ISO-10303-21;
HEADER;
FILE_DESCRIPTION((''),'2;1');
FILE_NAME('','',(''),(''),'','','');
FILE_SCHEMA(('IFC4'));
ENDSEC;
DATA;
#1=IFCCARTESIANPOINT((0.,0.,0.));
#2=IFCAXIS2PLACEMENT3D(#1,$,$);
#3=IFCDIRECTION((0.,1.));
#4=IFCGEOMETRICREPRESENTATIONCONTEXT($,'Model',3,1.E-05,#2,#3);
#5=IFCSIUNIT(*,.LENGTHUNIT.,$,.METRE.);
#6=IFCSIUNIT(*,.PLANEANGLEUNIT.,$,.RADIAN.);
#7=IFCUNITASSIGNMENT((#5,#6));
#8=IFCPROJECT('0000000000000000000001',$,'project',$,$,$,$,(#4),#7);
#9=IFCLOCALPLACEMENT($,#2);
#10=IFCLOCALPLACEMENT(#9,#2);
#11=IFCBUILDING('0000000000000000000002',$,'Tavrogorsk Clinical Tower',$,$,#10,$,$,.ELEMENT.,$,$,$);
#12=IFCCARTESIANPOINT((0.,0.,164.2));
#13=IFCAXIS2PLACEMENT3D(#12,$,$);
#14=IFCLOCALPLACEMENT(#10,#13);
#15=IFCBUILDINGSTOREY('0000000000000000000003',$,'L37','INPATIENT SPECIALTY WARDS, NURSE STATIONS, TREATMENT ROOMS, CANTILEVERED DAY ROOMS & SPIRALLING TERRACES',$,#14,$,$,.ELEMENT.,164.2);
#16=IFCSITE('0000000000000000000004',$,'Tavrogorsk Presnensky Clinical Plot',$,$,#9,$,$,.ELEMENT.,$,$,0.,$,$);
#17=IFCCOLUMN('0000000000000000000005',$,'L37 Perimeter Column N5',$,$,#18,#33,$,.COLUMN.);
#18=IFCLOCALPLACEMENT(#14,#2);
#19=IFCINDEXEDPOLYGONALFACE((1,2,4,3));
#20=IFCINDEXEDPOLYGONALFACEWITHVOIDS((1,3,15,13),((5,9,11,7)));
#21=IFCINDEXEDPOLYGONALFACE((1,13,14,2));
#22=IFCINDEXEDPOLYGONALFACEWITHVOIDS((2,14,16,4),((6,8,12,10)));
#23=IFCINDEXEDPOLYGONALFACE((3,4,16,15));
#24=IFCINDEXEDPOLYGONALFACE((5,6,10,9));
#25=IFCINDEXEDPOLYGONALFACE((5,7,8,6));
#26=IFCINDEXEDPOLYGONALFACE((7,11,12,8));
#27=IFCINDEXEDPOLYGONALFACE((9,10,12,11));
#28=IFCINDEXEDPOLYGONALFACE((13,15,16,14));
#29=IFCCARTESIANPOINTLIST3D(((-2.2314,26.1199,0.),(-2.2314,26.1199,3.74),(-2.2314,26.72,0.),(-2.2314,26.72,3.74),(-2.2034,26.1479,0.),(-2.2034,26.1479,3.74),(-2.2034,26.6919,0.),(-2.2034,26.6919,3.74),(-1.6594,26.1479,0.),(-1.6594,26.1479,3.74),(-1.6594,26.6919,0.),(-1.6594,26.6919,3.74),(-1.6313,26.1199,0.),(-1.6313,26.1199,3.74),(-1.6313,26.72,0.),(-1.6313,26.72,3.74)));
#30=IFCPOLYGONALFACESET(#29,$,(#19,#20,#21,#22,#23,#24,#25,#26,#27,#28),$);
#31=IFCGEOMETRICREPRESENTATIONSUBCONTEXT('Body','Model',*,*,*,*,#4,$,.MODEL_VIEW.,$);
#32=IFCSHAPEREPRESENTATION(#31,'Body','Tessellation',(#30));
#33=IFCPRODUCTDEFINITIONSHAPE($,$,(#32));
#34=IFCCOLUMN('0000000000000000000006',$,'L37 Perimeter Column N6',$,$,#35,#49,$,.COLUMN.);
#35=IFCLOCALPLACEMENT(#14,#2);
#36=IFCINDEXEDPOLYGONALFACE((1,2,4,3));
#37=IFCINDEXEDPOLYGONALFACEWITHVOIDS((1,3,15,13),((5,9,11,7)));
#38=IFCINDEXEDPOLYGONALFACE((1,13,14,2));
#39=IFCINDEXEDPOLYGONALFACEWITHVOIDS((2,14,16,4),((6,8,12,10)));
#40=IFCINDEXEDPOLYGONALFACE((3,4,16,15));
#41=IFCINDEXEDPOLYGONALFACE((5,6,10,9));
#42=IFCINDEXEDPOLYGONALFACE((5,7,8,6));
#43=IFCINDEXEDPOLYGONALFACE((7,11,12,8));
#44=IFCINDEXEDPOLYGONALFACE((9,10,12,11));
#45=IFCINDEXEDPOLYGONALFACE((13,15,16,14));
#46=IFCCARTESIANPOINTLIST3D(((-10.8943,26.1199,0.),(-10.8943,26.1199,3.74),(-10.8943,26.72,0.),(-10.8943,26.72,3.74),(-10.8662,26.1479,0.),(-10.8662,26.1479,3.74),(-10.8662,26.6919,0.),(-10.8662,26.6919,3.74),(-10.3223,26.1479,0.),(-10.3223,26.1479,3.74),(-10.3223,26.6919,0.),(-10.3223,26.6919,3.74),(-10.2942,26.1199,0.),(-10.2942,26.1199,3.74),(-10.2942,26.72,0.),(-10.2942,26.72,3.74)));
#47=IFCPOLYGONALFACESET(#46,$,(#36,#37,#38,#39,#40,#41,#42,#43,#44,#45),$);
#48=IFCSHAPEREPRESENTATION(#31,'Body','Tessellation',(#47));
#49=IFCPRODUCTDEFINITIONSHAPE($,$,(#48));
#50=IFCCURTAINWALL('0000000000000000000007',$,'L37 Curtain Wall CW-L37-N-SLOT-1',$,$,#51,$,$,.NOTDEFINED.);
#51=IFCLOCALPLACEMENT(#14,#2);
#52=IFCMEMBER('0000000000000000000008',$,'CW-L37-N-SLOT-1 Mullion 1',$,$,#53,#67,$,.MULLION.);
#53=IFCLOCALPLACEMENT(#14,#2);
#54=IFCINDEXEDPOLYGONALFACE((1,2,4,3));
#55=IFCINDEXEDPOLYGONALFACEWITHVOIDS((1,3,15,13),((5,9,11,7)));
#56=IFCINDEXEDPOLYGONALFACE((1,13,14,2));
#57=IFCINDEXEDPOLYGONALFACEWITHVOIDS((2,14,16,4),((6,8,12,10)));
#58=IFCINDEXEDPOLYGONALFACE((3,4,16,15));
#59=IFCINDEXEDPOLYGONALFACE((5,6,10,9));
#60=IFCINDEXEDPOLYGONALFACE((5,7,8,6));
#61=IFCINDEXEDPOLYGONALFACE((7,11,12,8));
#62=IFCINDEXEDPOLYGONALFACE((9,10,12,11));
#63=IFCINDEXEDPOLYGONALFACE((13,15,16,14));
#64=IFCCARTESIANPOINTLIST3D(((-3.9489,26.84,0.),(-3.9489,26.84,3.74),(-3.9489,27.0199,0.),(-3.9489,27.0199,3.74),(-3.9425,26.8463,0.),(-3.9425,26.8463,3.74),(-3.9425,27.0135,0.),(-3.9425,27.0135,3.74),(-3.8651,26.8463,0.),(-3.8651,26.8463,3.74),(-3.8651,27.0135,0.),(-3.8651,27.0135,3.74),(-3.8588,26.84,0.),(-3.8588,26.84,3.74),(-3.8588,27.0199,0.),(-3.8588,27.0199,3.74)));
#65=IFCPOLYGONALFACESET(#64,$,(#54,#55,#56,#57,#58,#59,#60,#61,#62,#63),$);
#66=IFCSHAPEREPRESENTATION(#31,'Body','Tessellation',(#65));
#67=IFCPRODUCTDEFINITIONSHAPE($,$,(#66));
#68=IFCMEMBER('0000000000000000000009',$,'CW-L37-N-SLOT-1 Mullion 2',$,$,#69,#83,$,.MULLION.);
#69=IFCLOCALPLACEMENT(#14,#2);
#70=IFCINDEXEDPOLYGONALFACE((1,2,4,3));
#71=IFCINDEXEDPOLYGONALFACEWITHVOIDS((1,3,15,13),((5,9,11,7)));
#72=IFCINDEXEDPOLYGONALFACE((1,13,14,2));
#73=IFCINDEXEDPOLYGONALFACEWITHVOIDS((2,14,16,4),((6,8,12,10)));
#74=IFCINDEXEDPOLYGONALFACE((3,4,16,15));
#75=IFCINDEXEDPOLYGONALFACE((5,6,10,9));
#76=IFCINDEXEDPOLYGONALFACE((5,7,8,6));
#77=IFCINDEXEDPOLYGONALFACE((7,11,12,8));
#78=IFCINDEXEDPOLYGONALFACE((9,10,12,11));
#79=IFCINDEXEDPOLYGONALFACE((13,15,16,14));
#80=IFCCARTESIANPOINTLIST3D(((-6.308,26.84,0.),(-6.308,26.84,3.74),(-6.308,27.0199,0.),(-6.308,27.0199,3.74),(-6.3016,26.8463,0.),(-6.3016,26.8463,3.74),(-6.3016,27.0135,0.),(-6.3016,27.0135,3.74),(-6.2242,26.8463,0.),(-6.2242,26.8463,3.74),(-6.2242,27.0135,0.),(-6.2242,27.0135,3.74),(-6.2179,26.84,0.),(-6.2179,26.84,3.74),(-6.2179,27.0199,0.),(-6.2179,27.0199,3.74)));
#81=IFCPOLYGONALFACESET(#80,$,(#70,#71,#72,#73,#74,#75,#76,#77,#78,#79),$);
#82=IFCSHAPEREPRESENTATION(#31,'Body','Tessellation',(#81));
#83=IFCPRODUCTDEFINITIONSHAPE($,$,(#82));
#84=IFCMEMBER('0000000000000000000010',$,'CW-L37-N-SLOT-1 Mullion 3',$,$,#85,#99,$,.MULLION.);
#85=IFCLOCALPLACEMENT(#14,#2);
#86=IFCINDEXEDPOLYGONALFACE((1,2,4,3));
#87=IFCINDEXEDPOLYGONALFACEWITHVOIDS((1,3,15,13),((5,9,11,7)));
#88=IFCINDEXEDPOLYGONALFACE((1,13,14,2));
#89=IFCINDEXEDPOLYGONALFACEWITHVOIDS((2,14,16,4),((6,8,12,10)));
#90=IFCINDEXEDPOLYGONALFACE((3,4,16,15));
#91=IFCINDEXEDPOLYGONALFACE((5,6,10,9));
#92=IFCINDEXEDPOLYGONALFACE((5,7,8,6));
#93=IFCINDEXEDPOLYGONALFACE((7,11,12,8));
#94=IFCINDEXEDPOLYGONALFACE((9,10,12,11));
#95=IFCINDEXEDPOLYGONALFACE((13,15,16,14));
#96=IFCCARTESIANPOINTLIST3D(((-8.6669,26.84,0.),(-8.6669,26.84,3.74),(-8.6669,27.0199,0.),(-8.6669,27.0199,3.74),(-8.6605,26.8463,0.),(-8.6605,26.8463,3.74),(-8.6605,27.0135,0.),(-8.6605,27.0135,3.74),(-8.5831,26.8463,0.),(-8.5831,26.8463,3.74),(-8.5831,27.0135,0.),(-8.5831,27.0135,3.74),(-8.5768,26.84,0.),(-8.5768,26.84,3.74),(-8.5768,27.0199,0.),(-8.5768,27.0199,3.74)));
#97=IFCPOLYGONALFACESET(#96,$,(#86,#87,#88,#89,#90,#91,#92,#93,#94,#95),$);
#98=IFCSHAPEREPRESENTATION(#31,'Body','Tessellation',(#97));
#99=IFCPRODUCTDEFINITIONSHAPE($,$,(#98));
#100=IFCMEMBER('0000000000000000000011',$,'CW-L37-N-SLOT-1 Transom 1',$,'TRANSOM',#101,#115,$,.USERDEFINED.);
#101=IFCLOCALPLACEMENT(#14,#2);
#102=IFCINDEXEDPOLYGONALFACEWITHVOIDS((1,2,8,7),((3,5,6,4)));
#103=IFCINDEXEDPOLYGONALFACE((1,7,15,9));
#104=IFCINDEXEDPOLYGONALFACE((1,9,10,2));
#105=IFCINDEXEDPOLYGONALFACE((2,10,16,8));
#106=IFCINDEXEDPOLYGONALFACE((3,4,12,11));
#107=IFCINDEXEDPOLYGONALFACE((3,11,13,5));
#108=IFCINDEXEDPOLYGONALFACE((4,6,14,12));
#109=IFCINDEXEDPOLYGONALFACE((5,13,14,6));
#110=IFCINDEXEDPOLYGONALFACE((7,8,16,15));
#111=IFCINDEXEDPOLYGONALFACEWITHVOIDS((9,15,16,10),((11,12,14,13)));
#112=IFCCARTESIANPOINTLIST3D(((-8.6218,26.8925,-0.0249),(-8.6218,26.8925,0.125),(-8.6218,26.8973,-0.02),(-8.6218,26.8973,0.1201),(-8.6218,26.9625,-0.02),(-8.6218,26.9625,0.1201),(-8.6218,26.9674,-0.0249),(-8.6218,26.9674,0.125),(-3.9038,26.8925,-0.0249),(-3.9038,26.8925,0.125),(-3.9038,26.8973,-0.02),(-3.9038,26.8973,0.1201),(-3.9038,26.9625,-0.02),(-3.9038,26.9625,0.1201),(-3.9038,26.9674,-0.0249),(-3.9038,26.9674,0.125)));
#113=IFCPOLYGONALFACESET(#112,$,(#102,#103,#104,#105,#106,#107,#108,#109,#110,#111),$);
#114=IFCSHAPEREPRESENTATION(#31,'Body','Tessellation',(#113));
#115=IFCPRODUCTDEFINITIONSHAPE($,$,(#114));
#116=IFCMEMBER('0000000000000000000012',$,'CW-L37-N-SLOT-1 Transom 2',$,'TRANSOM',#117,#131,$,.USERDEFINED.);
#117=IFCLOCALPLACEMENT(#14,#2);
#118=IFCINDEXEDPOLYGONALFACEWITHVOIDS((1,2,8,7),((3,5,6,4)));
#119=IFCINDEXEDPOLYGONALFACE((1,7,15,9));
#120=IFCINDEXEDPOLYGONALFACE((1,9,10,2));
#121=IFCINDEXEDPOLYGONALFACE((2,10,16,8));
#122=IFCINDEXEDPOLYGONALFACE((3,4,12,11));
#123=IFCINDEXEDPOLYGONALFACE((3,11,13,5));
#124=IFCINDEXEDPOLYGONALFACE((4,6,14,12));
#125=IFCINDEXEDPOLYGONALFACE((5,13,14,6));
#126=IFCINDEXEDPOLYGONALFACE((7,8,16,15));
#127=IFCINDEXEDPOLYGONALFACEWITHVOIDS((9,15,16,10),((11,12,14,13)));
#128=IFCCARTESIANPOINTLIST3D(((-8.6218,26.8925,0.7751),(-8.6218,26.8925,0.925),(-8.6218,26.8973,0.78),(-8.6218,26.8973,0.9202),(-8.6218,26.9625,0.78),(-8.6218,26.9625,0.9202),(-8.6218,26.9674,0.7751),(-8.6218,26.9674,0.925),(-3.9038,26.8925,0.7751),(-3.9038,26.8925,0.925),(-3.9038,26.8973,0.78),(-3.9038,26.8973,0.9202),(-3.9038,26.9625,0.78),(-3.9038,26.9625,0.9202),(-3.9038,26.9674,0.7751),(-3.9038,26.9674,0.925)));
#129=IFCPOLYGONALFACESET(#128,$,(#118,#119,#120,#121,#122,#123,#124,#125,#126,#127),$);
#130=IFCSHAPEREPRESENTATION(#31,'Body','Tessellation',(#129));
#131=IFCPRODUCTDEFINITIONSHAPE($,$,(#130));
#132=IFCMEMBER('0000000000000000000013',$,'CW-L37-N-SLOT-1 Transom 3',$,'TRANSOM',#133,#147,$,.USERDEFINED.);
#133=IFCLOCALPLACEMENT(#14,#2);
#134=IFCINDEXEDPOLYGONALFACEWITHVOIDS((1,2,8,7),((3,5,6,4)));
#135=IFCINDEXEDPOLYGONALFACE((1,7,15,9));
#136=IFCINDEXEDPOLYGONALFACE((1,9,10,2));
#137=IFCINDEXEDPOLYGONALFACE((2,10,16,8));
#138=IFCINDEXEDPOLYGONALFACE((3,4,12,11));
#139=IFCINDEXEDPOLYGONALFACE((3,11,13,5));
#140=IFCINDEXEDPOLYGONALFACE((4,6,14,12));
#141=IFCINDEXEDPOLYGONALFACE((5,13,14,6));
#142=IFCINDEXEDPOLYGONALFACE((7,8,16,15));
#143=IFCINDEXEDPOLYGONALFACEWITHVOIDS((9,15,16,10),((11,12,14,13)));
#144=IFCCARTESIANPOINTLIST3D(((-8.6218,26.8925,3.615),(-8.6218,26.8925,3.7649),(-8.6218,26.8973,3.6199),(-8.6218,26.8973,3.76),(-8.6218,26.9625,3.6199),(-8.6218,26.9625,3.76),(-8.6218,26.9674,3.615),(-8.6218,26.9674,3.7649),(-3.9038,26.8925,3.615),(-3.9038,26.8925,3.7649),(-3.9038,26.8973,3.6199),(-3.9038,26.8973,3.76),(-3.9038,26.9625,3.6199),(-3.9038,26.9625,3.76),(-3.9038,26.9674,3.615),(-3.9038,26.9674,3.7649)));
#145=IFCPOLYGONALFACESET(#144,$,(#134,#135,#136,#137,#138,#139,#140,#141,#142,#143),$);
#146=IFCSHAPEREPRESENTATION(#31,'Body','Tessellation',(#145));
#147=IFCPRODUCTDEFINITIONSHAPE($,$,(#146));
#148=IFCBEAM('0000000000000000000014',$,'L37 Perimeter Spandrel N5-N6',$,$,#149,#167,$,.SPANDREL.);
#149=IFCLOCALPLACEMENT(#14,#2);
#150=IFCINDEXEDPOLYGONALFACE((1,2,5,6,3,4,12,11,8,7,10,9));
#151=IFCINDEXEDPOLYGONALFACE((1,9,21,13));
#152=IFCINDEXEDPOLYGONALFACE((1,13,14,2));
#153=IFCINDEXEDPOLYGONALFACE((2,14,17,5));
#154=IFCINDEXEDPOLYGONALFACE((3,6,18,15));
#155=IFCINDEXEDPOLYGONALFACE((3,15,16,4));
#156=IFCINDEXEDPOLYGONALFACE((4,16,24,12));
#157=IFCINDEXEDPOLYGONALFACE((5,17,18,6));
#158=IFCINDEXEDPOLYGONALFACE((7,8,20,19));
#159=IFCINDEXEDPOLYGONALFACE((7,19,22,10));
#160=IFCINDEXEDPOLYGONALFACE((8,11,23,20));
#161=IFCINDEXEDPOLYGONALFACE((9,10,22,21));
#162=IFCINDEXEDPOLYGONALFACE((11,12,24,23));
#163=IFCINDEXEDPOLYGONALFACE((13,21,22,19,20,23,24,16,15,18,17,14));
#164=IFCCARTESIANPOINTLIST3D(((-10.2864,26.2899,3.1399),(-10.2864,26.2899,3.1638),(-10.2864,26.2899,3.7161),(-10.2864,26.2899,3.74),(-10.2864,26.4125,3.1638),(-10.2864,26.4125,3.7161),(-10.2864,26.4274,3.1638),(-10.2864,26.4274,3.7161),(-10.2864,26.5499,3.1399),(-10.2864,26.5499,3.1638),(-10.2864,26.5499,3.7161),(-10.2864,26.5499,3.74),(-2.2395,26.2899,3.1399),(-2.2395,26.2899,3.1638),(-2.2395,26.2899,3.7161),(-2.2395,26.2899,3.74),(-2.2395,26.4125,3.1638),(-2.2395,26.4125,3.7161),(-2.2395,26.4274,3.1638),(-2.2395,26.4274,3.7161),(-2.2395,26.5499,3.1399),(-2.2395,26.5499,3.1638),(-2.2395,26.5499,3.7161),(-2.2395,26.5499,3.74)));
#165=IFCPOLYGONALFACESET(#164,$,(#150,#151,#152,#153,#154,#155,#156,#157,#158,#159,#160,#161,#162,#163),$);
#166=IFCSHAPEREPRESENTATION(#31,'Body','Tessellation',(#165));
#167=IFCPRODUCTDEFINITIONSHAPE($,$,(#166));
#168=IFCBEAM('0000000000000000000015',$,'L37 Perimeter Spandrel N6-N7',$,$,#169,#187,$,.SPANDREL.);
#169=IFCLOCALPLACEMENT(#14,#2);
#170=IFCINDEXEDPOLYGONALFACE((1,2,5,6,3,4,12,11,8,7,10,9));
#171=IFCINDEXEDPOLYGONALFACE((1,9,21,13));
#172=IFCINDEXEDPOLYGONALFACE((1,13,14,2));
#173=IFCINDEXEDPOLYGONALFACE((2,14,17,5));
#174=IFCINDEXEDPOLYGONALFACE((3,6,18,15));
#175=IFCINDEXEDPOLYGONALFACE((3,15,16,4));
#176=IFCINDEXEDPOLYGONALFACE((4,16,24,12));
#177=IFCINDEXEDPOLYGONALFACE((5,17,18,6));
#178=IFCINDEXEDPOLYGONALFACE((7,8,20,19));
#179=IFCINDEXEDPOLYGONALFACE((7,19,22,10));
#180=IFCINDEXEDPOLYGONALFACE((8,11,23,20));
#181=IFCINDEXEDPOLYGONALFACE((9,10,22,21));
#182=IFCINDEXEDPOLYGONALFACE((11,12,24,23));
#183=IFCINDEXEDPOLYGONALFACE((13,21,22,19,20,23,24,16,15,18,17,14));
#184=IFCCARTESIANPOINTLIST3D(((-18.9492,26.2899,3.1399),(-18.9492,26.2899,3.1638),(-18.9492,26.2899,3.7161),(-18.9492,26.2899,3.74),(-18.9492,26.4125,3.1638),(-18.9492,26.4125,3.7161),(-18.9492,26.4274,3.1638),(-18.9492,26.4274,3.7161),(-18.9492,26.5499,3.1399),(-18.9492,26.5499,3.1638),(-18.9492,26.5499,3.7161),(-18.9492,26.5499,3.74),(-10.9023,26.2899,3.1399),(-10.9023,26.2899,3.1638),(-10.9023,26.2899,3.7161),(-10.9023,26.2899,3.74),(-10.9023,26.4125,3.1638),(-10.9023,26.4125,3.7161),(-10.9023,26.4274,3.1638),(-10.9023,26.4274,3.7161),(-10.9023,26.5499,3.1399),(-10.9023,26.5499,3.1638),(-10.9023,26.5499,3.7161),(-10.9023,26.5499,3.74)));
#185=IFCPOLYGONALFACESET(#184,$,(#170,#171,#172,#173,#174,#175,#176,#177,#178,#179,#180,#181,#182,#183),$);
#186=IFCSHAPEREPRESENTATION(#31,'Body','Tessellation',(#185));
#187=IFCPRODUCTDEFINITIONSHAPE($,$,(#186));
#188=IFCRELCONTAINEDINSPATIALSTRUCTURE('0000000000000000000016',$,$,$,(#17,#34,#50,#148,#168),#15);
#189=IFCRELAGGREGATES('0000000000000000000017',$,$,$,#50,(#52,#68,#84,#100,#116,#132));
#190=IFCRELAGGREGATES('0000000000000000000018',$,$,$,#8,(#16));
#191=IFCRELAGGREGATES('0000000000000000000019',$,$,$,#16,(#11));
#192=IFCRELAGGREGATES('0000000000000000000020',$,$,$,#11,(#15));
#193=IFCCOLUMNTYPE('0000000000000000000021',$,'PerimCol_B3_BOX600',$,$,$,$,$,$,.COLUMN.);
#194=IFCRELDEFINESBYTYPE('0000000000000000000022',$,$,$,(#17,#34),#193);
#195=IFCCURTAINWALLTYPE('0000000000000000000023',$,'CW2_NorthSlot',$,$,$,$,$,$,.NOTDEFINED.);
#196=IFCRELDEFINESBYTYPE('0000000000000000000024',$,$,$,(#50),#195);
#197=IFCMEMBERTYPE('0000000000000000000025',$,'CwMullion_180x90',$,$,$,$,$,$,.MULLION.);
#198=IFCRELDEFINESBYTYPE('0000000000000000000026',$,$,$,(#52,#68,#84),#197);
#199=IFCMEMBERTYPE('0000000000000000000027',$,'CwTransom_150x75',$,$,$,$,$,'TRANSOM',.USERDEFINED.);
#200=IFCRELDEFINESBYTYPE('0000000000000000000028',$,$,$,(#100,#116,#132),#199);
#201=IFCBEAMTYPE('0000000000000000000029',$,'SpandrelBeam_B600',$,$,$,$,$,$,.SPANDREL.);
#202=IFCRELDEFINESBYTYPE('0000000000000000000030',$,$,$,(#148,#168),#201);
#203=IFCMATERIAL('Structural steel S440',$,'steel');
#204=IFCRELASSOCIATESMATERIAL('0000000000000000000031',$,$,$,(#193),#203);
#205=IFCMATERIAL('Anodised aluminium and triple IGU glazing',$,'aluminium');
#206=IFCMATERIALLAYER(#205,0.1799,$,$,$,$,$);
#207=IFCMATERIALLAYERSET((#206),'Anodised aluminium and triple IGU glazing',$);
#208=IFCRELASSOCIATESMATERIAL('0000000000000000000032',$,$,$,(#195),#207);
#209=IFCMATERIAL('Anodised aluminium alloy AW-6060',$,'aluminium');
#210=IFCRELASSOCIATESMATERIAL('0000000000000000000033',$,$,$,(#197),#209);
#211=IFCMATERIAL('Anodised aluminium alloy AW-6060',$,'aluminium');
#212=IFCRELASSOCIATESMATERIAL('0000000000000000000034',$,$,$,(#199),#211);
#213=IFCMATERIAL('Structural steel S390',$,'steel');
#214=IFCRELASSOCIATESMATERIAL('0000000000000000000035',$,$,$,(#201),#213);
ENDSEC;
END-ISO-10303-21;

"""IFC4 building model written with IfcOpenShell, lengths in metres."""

from ifc_helpers import new_model, si_unit, direction, frame, origin, origin_2d, place, context, subcontext, project, spatial, hollow_rectangle, i_section, extrude, material, layer, layer_set, material_profile, profile_set, type_object, element, aggregate, save


model = new_model("IFC4")

# Units and contexts
model_context = context("Model", 3, precision=1e-05, world=origin(), true_north=direction((0.0, 1.0)))
body_context = subcontext(model_context, "Body", "Model", "MODEL_VIEW")
ifc_project = project(units=[si_unit("LENGTHUNIT", "METRE"), si_unit("PLANEANGLEUNIT", "RADIAN")], contexts=[model_context])

# Site, building, storey
site_placement = place(None, origin())
site = spatial("IfcSite", under=ifc_project, at=site_placement, Name="Tavrogorsk Presnensky Clinical Plot", CompositionType="ELEMENT", RefElevation=0.0)
building_placement = place(site_placement, origin())
building = spatial("IfcBuilding", under=site, at=building_placement, Name="Tavrogorsk Clinical Tower", CompositionType="ELEMENT")
storey_placement = place(building_placement, frame((0.0, 0.0, 164.2)))
storey = spatial("IfcBuildingStorey", under=building, at=storey_placement, Name="L37", Description="INPATIENT SPECIALTY WARDS, NURSE STATIONS, TREATMENT ROOMS, CANTILEVERED DAY ROOMS & SPIRALLING TERRACES", CompositionType="ELEMENT", Elevation=164.2)

# Columns
ifc_material_1 = material(Name="Structural steel S440", Category="steel")
ifc_material_profile_1 = material_profile(ifc_material_1, hollow_rectangle(XDim=0.6001, YDim=0.6001, WallThickness=0.0281, at=origin_2d()), Name="BOX-600x600x28")
ifc_profile_set_1 = profile_set([ifc_material_profile_1], Name="Structural steel S440")
column_type = type_object("IfcColumnType", Name="PerimCol_B3_BOX600", PredefinedType="COLUMN", material=ifc_profile_set_1)
for number, where, z_axis, x_axis, name in (
    (1, (-1.9314, 26.4199, 0.0), (0.0, 0.0, 1.0), (1.0, 0.0, 0.0), "L37 Perimeter Column N5"),
    (2, (-10.5942, 26.4199, 0.0), (0.0, 0.0, 1.0), (1.0, 0.0, 0.0), "L37 Perimeter Column N6"),
):
    element("IfcColumn", number, at=place(storey_placement, frame(where, z_axis=z_axis, x_axis=x_axis)), inside=storey, type_object=column_type, Name=name, PredefinedType="COLUMN", context=body_context, shape_type="SweptSolid", body=[
        extrude(hollow_rectangle(XDim=0.6001, YDim=0.6001, WallThickness=0.0281, at=origin_2d()), origin(), (0.0, 0.0, 1.0), 3.74),
    ])

# Curtain wall, members
ifc_material_2 = material(Name="Anodised aluminium and triple IGU glazing", Category="aluminium")
ifc_layer_1 = layer(ifc_material_2, 0.1799)
ifc_layer_set_1 = layer_set([ifc_layer_1], Name="Anodised aluminium and triple IGU glazing")
curtain_wall_type = type_object("IfcCurtainWallType", Name="CW2_NorthSlot", PredefinedType="NOTDEFINED", material=ifc_layer_set_1)
curtain_wall_placement = place(storey_placement, origin())
curtain_wall = element("IfcCurtainWall", 3, at=curtain_wall_placement, inside=storey, type_object=curtain_wall_type, Name="L37 Curtain Wall CW-L37-N-SLOT-1", PredefinedType="NOTDEFINED")
ifc_material_3 = material(Name="Anodised aluminium alloy AW-6060", Category="aluminium")
ifc_material_profile_2 = material_profile(ifc_material_3, hollow_rectangle(XDim=0.0901, YDim=0.1799, WallThickness=0.0063, at=origin_2d()), Name="RHS-180x90x6.3")
ifc_profile_set_2 = profile_set([ifc_material_profile_2], Name="Anodised aluminium alloy AW-6060")
member_type_1 = type_object("IfcMemberType", Name="CwMullion_180x90", PredefinedType="MULLION", material=ifc_profile_set_2)
member_1_placement = place(storey_placement, frame((-3.9038, 26.9299, 0.0), z_axis=(0.0, 0.0, 1.0), x_axis=(-1.0, 0.0, 0.0)))
member_1 = element("IfcMember", 4, at=member_1_placement, type_object=member_type_1, Name="CW-L37-N-SLOT-1 Mullion 1", PredefinedType="MULLION", context=body_context, shape_type="SweptSolid", body=[
    extrude(hollow_rectangle(XDim=0.0901, YDim=0.1799, WallThickness=0.0063, at=origin_2d()), origin(), (0.0, 0.0, 1.0), 3.74),
])
member_2_placement = place(storey_placement, frame((-6.2629, 26.9299, 0.0), z_axis=(0.0, 0.0, 1.0), x_axis=(-1.0, 0.0, 0.0)))
member_2 = element("IfcMember", 5, at=member_2_placement, type_object=member_type_1, Name="CW-L37-N-SLOT-1 Mullion 2", PredefinedType="MULLION", context=body_context, shape_type="SweptSolid", body=[
    extrude(hollow_rectangle(XDim=0.0901, YDim=0.1799, WallThickness=0.0063, at=origin_2d()), origin(), (0.0, 0.0, 1.0), 3.74),
])
member_3_placement = place(storey_placement, frame((-8.6218, 26.9299, 0.0), z_axis=(0.0, 0.0, 1.0), x_axis=(-1.0, 0.0, 0.0)))
member_3 = element("IfcMember", 6, at=member_3_placement, type_object=member_type_1, Name="CW-L37-N-SLOT-1 Mullion 3", PredefinedType="MULLION", context=body_context, shape_type="SweptSolid", body=[
    extrude(hollow_rectangle(XDim=0.0901, YDim=0.1799, WallThickness=0.0063, at=origin_2d()), origin(), (0.0, 0.0, 1.0), 3.74),
])
ifc_material_4 = material(Name="Anodised aluminium alloy AW-6060", Category="aluminium")
ifc_material_profile_3 = material_profile(ifc_material_4, hollow_rectangle(XDim=0.075, YDim=0.1499, WallThickness=0.0049, at=origin_2d()), Name="RHS-150x75x5")
ifc_profile_set_3 = profile_set([ifc_material_profile_3], Name="Anodised aluminium alloy AW-6060")
member_type_2 = type_object("IfcMemberType", Name="CwTransom_150x75", ElementType="TRANSOM", PredefinedType="USERDEFINED", material=ifc_profile_set_3)
member_4_placement = place(storey_placement, frame((-3.9038, 26.9299, 0.05), z_axis=(-1.0, 0.0, 0.0), x_axis=(0.0, -1.0, 0.0)))
member_4 = element("IfcMember", 7, at=member_4_placement, type_object=member_type_2, Name="CW-L37-N-SLOT-1 Transom 1", ObjectType="TRANSOM", PredefinedType="USERDEFINED", context=body_context, shape_type="SweptSolid", body=[
    extrude(hollow_rectangle(XDim=0.075, YDim=0.1499, WallThickness=0.0049, at=origin_2d()), origin(), (0.0, 0.0, 1.0), 4.718),
])
member_5_placement = place(storey_placement, frame((-3.9038, 26.9299, 0.8501), z_axis=(-1.0, 0.0, 0.0), x_axis=(0.0, -1.0, 0.0)))
member_5 = element("IfcMember", 8, at=member_5_placement, type_object=member_type_2, Name="CW-L37-N-SLOT-1 Transom 2", ObjectType="TRANSOM", PredefinedType="USERDEFINED", context=body_context, shape_type="SweptSolid", body=[
    extrude(hollow_rectangle(XDim=0.075, YDim=0.1499, WallThickness=0.0049, at=origin_2d()), origin(), (0.0, 0.0, 1.0), 4.718),
])
member_6_placement = place(storey_placement, frame((-3.9038, 26.9299, 3.6899), z_axis=(-1.0, 0.0, 0.0), x_axis=(0.0, -1.0, 0.0)))
member_6 = element("IfcMember", 9, at=member_6_placement, type_object=member_type_2, Name="CW-L37-N-SLOT-1 Transom 3", ObjectType="TRANSOM", PredefinedType="USERDEFINED", context=body_context, shape_type="SweptSolid", body=[
    extrude(hollow_rectangle(XDim=0.075, YDim=0.1499, WallThickness=0.0049, at=origin_2d()), origin(), (0.0, 0.0, 1.0), 4.718),
])

# Beams
ifc_material_5 = material(Name="Structural steel S390", Category="steel")
ifc_material_profile_4 = material_profile(ifc_material_5, i_section(OverallWidth=0.26, OverallDepth=0.6001, WebThickness=0.0149, FlangeThickness=0.0239, at=origin_2d()), Name="B-600x260x15x24")
ifc_profile_set_4 = profile_set([ifc_material_profile_4], Name="Structural steel S390")
beam_type = type_object("IfcBeamType", Name="SpandrelBeam_B600", PredefinedType="SPANDREL", material=ifc_profile_set_4)
for number, where, z_axis, x_axis, name in (
    (10, (-2.2395, 26.4199, 3.4399), (-1.0, 0.0, 0.0), (0.0, -1.0, 0.0), "L37 Perimeter Spandrel N5-N6"),
    (11, (-10.9023, 26.4199, 3.4399), (-1.0, 0.0, 0.0), (0.0, -1.0, 0.0), "L37 Perimeter Spandrel N6-N7"),
):
    element("IfcBeam", number, at=place(storey_placement, frame(where, z_axis=z_axis, x_axis=x_axis)), inside=storey, type_object=beam_type, Name=name, PredefinedType="SPANDREL", context=body_context, shape_type="SweptSolid", body=[
        extrude(i_section(OverallWidth=0.26, OverallDepth=0.6001, WebThickness=0.0149, FlangeThickness=0.0239, at=origin_2d()), origin(), (0.0, 0.0, 1.0), 8.0469),
    ])

aggregate(curtain_wall, [member_1, member_2, member_3, member_4, member_5, member_6])

save(model, "model.ifc")
